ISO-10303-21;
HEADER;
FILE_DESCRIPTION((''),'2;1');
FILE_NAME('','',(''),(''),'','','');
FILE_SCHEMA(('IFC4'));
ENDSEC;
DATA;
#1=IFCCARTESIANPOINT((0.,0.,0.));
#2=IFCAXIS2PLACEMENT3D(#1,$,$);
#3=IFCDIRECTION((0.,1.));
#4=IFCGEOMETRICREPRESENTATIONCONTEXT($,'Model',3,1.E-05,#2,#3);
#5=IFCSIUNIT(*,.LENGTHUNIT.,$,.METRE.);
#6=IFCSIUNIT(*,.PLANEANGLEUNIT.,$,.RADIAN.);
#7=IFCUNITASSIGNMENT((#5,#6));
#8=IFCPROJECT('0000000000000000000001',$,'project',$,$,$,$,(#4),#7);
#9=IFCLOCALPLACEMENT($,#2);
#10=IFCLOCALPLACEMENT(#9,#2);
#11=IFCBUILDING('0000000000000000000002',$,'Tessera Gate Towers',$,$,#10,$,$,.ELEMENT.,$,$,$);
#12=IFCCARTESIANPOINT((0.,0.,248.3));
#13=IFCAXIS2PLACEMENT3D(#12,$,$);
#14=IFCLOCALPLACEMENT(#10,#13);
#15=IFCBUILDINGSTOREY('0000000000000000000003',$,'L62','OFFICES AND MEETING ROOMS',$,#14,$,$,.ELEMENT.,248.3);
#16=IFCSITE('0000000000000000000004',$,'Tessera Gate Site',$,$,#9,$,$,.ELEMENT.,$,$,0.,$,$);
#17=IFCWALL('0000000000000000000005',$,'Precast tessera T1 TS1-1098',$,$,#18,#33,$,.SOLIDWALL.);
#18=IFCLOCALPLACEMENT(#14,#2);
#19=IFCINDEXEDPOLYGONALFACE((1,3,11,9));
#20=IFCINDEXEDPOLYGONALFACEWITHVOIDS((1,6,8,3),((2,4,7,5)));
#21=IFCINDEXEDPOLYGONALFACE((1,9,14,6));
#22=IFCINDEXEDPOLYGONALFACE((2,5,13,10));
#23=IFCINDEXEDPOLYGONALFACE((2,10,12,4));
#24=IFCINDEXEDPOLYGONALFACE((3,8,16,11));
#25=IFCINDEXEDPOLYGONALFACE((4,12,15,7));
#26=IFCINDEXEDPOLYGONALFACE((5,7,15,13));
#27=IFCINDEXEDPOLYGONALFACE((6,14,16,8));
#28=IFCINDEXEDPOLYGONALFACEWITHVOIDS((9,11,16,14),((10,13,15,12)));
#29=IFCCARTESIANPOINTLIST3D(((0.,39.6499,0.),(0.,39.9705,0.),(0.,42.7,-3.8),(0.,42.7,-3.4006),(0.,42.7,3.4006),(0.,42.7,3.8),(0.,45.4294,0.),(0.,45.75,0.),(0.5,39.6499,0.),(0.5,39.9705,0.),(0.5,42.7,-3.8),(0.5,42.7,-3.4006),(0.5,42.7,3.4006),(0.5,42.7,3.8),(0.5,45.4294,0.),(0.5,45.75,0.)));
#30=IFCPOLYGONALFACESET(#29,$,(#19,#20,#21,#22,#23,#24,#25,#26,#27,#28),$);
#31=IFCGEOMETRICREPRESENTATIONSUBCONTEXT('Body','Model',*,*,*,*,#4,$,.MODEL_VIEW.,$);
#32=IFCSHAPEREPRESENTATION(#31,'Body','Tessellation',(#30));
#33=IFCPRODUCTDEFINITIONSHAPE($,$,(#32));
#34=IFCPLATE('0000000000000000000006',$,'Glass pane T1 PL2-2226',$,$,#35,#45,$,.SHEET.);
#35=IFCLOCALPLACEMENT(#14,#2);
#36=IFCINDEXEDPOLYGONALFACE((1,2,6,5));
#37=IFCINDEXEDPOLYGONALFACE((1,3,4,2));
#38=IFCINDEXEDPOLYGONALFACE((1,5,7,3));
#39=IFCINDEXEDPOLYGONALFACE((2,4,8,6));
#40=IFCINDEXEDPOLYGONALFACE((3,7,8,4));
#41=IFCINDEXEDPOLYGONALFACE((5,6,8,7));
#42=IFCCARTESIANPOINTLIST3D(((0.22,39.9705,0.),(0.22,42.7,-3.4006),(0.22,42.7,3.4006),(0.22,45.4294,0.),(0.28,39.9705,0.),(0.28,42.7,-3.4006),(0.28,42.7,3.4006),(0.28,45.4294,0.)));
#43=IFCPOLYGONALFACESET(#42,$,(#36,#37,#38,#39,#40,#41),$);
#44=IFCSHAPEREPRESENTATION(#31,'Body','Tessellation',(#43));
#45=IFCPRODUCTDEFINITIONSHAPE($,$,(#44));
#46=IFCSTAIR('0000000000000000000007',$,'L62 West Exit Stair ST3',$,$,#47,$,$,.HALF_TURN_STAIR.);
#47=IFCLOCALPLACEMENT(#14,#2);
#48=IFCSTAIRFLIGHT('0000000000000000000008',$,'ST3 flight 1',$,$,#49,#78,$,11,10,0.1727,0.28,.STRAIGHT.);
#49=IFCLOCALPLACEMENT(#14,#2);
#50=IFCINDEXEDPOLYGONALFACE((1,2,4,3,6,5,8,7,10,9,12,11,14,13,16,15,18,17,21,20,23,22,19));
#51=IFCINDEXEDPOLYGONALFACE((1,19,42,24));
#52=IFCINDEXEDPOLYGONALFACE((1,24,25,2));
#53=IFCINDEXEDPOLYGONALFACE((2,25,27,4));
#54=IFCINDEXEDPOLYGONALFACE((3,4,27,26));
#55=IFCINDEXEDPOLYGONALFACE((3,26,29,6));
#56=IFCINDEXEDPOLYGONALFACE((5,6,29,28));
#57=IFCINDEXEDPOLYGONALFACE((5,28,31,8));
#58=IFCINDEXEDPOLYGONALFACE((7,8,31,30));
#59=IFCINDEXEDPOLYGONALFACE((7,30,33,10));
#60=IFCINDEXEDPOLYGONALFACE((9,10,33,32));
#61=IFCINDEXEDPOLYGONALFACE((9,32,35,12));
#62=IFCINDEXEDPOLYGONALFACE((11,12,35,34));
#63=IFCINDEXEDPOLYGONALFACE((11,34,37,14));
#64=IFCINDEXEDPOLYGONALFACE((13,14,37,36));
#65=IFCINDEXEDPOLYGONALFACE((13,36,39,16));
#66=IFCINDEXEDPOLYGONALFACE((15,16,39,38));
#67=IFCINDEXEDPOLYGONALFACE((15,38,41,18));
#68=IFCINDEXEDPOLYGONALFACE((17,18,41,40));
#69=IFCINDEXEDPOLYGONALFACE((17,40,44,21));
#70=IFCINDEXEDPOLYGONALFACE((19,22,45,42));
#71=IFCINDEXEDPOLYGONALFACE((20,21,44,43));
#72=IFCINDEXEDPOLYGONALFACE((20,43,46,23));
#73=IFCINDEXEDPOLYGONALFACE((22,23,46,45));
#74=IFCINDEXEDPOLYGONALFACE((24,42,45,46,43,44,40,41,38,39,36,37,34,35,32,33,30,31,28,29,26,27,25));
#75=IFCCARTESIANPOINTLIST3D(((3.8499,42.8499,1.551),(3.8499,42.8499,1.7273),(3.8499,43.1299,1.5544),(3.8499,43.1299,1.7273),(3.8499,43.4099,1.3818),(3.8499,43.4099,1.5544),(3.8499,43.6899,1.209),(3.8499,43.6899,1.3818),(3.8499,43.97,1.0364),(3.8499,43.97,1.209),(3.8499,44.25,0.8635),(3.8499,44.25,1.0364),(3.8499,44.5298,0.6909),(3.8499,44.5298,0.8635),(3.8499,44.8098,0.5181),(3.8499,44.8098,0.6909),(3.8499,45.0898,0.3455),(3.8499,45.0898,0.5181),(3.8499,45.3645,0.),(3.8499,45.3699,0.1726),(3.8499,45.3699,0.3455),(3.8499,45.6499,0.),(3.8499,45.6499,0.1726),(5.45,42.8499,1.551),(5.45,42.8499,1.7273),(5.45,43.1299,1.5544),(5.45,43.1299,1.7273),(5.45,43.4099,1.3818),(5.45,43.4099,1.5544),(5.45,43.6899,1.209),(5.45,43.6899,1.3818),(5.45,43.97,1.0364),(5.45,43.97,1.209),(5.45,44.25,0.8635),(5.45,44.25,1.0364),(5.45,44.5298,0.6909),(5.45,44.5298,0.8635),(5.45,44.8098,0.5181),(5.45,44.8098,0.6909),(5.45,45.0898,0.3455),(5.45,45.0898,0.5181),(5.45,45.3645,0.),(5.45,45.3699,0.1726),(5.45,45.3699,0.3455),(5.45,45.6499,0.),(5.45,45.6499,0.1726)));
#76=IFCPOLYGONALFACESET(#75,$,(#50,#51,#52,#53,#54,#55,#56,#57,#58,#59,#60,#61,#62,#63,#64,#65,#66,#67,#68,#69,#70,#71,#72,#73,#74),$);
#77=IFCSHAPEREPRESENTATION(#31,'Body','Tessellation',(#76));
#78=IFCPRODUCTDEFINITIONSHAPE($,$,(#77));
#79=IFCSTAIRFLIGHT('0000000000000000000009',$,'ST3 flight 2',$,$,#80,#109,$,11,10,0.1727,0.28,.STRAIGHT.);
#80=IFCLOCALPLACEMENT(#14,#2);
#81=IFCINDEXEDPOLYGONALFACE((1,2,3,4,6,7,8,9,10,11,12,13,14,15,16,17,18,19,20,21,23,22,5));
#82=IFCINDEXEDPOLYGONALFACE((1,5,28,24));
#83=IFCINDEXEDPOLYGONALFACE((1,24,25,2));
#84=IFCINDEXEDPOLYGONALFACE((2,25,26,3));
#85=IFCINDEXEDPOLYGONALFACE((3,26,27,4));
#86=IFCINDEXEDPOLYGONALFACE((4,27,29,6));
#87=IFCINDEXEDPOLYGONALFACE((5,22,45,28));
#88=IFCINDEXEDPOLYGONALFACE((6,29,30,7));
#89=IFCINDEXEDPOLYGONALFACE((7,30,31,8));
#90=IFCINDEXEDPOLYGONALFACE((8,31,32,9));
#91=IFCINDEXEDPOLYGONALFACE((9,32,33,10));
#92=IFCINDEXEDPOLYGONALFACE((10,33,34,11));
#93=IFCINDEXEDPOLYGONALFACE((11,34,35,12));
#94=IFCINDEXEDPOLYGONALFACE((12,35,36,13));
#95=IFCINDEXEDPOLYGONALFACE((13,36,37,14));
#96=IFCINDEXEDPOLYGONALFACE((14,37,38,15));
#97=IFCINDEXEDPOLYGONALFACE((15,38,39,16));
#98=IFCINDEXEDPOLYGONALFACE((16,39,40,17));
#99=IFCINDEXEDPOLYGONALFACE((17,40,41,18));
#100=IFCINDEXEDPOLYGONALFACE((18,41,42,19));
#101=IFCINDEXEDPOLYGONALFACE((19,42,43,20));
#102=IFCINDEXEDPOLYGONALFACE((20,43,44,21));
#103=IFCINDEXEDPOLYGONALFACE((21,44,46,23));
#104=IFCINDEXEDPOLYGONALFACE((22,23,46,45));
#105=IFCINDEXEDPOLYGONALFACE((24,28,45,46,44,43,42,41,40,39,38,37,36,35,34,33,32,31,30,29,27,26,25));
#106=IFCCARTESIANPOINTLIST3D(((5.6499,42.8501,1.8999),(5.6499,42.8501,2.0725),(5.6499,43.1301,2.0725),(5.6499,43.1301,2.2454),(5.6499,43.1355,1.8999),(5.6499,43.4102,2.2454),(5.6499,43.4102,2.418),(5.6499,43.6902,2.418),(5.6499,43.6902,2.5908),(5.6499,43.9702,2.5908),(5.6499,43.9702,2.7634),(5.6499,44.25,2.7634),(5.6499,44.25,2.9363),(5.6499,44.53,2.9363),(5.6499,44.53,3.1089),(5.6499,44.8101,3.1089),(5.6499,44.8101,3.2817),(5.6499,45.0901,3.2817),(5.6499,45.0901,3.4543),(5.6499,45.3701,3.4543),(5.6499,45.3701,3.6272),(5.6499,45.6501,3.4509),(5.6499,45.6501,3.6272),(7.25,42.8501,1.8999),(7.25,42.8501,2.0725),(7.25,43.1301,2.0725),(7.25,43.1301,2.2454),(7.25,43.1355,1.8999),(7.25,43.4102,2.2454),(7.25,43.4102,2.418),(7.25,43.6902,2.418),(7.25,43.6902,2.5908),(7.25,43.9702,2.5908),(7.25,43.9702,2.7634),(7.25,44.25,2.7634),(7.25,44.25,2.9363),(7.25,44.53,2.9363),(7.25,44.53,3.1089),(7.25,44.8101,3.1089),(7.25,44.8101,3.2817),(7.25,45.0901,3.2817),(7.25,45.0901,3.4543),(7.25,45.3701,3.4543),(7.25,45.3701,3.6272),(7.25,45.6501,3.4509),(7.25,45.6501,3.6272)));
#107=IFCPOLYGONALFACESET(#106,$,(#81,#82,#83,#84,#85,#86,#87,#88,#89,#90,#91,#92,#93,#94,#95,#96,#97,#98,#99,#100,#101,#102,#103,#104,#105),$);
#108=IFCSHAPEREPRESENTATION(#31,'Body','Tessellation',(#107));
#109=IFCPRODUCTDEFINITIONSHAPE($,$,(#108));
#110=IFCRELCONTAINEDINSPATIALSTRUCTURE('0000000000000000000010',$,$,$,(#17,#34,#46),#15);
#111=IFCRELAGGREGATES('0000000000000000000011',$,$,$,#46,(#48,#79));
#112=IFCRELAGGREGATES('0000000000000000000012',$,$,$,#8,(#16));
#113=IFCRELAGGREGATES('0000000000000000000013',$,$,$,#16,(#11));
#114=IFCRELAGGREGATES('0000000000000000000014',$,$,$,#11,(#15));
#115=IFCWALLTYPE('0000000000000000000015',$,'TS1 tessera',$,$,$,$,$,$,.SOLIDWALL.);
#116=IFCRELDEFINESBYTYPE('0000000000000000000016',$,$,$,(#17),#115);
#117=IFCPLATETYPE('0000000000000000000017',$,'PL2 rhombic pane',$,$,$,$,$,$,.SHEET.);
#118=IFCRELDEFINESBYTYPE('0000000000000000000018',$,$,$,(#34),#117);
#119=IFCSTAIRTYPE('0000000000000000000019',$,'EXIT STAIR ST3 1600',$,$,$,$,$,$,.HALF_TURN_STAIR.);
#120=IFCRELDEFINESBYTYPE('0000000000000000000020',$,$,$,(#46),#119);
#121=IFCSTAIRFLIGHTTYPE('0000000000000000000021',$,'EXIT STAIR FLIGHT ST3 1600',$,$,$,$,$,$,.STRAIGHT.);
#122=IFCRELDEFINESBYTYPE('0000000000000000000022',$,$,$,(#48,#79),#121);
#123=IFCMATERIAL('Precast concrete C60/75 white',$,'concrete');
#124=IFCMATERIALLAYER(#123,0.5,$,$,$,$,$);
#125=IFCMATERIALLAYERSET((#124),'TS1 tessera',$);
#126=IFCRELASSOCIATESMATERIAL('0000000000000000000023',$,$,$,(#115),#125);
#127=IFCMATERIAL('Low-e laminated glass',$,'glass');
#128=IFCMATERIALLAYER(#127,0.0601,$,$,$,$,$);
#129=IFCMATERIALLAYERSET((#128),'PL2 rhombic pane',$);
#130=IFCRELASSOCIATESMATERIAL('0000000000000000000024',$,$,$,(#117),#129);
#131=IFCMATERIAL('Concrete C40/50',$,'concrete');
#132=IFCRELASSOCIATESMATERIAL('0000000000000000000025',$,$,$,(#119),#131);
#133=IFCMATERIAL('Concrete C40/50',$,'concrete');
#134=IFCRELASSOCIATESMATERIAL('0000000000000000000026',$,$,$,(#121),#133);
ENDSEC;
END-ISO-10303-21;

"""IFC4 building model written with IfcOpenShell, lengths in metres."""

from ifc_helpers import new_model, si_unit, direction, frame, origin, place, context, subcontext, project, spatial, polyline, outline, extrude, source, transform, mapped, material, layer, layer_set, type_object, element, fill, aggregate, save


model = new_model("IFC4")

# Units and contexts
model_context = context("Model", 3, precision=1e-05, world=origin(), true_north=direction((0.0, 1.0)))
body_context = subcontext(model_context, "Body", "Model", "MODEL_VIEW")
ifc_project = project(units=[si_unit("LENGTHUNIT", "METRE"), si_unit("PLANEANGLEUNIT", "RADIAN")], contexts=[model_context])

# Site, building, storey
site_placement = place(None, origin())
site = spatial("IfcSite", under=ifc_project, at=site_placement, Name="Tessera Gate Site", CompositionType="ELEMENT", RefElevation=0.0)
building_placement = place(site_placement, origin())
building = spatial("IfcBuilding", under=site, at=building_placement, Name="Tessera Gate Towers", CompositionType="ELEMENT")
storey_placement = place(building_placement, frame((0.0, 0.0, 248.3)))
storey = spatial("IfcBuildingStorey", under=building, at=storey_placement, Name="L62", Description="OFFICES AND MEETING ROOMS", CompositionType="ELEMENT", Elevation=248.3)

# Wall, opening, plate
ifc_material_1 = material(Name="Precast concrete C60/75 white", Category="concrete")
ifc_layer_1 = layer(ifc_material_1, 0.5)
ifc_layer_set_1 = layer_set([ifc_layer_1], Name="TS1 tessera")
wall_type_1 = type_object("IfcWallType", Name="TS1 tessera", PredefinedType="SOLIDWALL", material=ifc_layer_set_1)
shared_shape_1 = source(origin(), body_context, "Body", "SweptSolid", [
    extrude(outline(polyline([(3.05, 0.0), (6.1001, 3.8), (3.05, 7.6001), (0.0, 3.8), (3.05, 0.0)])), frame((0.0, 0.25, 0.0), z_axis=(0.0, -1.0, 0.0), x_axis=(1.0, 0.0, 0.0)), (0.0, 0.0, 1.0), 0.5),
])
wall_1_placement = place(storey_placement, frame((0.25, 45.75, -3.8), z_axis=(0.0, 0.0, 1.0), x_axis=(0.0, -1.0, 0.0)))
wall_1 = element("IfcWall", 1, at=wall_1_placement, inside=storey, type_object=wall_type_1, Name="Precast tessera T1 TS1-1098", PredefinedType="SOLIDWALL", context=body_context, shape_type="MappedRepresentation", body=[
    mapped(shared_shape_1, transform((0.0, 0.0, 0.0), scale=1.0)),
])
shared_shape_2 = source(origin(), body_context, "Body", "SweptSolid", [
    extrude(outline(polyline([(3.05, 0.3994), (5.7795, 3.8), (3.05, 7.2007), (0.3206, 3.8), (3.05, 0.3994)])), frame((0.0, 0.26, 0.0), z_axis=(0.0, -1.0, 0.0), x_axis=(1.0, 0.0, 0.0)), (0.0, 0.0, 1.0), 0.52),
])
opening_1_placement = place(wall_1_placement, origin())
opening_1 = element("IfcOpeningElement", 2, at=opening_1_placement, cuts=wall_1, PredefinedType="OPENING", context=body_context, shape_type="MappedRepresentation", body=[
    mapped(shared_shape_2, transform((0.0, 0.0, 0.0), scale=1.0)),
])
ifc_material_2 = material(Name="Low-e laminated glass", Category="glass")
ifc_layer_2 = layer(ifc_material_2, 0.0601)
ifc_layer_set_2 = layer_set([ifc_layer_2], Name="PL2 rhombic pane")
plate_type = type_object("IfcPlateType", Name="PL2 rhombic pane", PredefinedType="SHEET", material=ifc_layer_set_2)
shared_shape_3 = source(origin(), body_context, "Body", "SweptSolid", [
    extrude(outline(polyline([(3.05, 0.3994), (5.7795, 3.8), (3.05, 7.2007), (0.3206, 3.8), (3.05, 0.3994)])), frame((0.0, 0.03, 0.0), z_axis=(0.0, -1.0, 0.0), x_axis=(1.0, 0.0, 0.0)), (0.0, 0.0, 1.0), 0.0601),
])
plate_placement = place(opening_1_placement, origin())
plate = element("IfcPlate", 3, at=plate_placement, inside=storey, type_object=plate_type, Name="Glass pane T1 PL2-2226", PredefinedType="SHEET", context=body_context, shape_type="MappedRepresentation", body=[
    mapped(shared_shape_3, transform((0.0, 0.0, 0.0), scale=1.0)),
])
fill(opening_1, plate)

# Stair, stair flights
ifc_material_3 = material(Name="Concrete C40/50", Category="concrete")
stair_type = type_object("IfcStairType", Name="EXIT STAIR ST3 1600", PredefinedType="HALF_TURN_STAIR", material=ifc_material_3)
stair_placement = place(storey_placement, origin())
stair = element("IfcStair", 4, at=stair_placement, inside=storey, type_object=stair_type, Name="L62 West Exit Stair ST3", PredefinedType="HALF_TURN_STAIR")
ifc_material_4 = material(Name="Concrete C40/50", Category="concrete")
stair_flight_type = type_object("IfcStairFlightType", Name="EXIT STAIR FLIGHT ST3 1600", PredefinedType="STRAIGHT", material=ifc_material_4)
stair_flight_1_placement = place(storey_placement, frame((4.6499, 45.6499, 0.0), z_axis=(0.0, 0.0, 1.0), x_axis=(0.0, -1.0, 0.0)))
stair_flight_1 = element("IfcStairFlight", 5, at=stair_flight_1_placement, type_object=stair_flight_type, Name="ST3 flight 1", NumberOfRisers=11, NumberOfTreads=10, PredefinedType="STRAIGHT", RiserHeight=0.1727, TreadLength=0.28, context=body_context, shape_type="SweptSolid", body=[
    extrude(outline(polyline([(0.0, 0.0), (0.0, 0.1726), (0.28, 0.1726), (0.28, 0.3455), (0.5601, 0.3455), (0.5601, 0.5181), (0.8401, 0.5181), (0.8401, 0.6909), (1.1201, 0.6909), (1.1201, 0.8635), (1.3999, 0.8635), (1.3999, 1.0364), (1.6799, 1.0364), (1.6799, 1.209), (1.96, 1.209), (1.96, 1.3818), (2.24, 1.3818), (2.24, 1.5544), (2.52, 1.5544), (2.52, 1.7273), (2.8, 1.7273), (2.8, 1.8999), (2.8, 1.551), (0.2854, 0.0), (0.0, 0.0)])), frame((0.0, 0.8, 0.0), z_axis=(0.0, -1.0, 0.0), x_axis=(1.0, 0.0, 0.0)), (0.0, 0.0, 1.0), 1.6001),
])
stair_flight_2_placement = place(storey_placement, frame((6.45, 42.8501, 1.8999), z_axis=(0.0, 0.0, 1.0), x_axis=(0.0, 1.0, 0.0)))
stair_flight_2 = element("IfcStairFlight", 6, at=stair_flight_2_placement, type_object=stair_flight_type, Name="ST3 flight 2", NumberOfRisers=11, NumberOfTreads=10, PredefinedType="STRAIGHT", RiserHeight=0.1727, TreadLength=0.28, context=body_context, shape_type="SweptSolid", body=[
    extrude(outline(polyline([(0.0, 0.0), (0.0, 0.1726), (0.28, 0.1726), (0.28, 0.3455), (0.5601, 0.3455), (0.5601, 0.5181), (0.8401, 0.5181), (0.8401, 0.6909), (1.1201, 0.6909), (1.1201, 0.8635), (1.3999, 0.8635), (1.3999, 1.0364), (1.6799, 1.0364), (1.6799, 1.209), (1.96, 1.209), (1.96, 1.3818), (2.24, 1.3818), (2.24, 1.5544), (2.52, 1.5544), (2.52, 1.7273), (2.8, 1.7273), (2.8, 1.8999), (2.8, 1.551), (0.2854, 0.0), (0.0, 0.0)])), frame((0.0, 0.8, 0.0), z_axis=(0.0, -1.0, 0.0), x_axis=(1.0, 0.0, 0.0)), (0.0, 0.0, 1.0), 1.6001),
])
aggregate(stair, [stair_flight_1, stair_flight_2])

save(model, "model.ifc")
